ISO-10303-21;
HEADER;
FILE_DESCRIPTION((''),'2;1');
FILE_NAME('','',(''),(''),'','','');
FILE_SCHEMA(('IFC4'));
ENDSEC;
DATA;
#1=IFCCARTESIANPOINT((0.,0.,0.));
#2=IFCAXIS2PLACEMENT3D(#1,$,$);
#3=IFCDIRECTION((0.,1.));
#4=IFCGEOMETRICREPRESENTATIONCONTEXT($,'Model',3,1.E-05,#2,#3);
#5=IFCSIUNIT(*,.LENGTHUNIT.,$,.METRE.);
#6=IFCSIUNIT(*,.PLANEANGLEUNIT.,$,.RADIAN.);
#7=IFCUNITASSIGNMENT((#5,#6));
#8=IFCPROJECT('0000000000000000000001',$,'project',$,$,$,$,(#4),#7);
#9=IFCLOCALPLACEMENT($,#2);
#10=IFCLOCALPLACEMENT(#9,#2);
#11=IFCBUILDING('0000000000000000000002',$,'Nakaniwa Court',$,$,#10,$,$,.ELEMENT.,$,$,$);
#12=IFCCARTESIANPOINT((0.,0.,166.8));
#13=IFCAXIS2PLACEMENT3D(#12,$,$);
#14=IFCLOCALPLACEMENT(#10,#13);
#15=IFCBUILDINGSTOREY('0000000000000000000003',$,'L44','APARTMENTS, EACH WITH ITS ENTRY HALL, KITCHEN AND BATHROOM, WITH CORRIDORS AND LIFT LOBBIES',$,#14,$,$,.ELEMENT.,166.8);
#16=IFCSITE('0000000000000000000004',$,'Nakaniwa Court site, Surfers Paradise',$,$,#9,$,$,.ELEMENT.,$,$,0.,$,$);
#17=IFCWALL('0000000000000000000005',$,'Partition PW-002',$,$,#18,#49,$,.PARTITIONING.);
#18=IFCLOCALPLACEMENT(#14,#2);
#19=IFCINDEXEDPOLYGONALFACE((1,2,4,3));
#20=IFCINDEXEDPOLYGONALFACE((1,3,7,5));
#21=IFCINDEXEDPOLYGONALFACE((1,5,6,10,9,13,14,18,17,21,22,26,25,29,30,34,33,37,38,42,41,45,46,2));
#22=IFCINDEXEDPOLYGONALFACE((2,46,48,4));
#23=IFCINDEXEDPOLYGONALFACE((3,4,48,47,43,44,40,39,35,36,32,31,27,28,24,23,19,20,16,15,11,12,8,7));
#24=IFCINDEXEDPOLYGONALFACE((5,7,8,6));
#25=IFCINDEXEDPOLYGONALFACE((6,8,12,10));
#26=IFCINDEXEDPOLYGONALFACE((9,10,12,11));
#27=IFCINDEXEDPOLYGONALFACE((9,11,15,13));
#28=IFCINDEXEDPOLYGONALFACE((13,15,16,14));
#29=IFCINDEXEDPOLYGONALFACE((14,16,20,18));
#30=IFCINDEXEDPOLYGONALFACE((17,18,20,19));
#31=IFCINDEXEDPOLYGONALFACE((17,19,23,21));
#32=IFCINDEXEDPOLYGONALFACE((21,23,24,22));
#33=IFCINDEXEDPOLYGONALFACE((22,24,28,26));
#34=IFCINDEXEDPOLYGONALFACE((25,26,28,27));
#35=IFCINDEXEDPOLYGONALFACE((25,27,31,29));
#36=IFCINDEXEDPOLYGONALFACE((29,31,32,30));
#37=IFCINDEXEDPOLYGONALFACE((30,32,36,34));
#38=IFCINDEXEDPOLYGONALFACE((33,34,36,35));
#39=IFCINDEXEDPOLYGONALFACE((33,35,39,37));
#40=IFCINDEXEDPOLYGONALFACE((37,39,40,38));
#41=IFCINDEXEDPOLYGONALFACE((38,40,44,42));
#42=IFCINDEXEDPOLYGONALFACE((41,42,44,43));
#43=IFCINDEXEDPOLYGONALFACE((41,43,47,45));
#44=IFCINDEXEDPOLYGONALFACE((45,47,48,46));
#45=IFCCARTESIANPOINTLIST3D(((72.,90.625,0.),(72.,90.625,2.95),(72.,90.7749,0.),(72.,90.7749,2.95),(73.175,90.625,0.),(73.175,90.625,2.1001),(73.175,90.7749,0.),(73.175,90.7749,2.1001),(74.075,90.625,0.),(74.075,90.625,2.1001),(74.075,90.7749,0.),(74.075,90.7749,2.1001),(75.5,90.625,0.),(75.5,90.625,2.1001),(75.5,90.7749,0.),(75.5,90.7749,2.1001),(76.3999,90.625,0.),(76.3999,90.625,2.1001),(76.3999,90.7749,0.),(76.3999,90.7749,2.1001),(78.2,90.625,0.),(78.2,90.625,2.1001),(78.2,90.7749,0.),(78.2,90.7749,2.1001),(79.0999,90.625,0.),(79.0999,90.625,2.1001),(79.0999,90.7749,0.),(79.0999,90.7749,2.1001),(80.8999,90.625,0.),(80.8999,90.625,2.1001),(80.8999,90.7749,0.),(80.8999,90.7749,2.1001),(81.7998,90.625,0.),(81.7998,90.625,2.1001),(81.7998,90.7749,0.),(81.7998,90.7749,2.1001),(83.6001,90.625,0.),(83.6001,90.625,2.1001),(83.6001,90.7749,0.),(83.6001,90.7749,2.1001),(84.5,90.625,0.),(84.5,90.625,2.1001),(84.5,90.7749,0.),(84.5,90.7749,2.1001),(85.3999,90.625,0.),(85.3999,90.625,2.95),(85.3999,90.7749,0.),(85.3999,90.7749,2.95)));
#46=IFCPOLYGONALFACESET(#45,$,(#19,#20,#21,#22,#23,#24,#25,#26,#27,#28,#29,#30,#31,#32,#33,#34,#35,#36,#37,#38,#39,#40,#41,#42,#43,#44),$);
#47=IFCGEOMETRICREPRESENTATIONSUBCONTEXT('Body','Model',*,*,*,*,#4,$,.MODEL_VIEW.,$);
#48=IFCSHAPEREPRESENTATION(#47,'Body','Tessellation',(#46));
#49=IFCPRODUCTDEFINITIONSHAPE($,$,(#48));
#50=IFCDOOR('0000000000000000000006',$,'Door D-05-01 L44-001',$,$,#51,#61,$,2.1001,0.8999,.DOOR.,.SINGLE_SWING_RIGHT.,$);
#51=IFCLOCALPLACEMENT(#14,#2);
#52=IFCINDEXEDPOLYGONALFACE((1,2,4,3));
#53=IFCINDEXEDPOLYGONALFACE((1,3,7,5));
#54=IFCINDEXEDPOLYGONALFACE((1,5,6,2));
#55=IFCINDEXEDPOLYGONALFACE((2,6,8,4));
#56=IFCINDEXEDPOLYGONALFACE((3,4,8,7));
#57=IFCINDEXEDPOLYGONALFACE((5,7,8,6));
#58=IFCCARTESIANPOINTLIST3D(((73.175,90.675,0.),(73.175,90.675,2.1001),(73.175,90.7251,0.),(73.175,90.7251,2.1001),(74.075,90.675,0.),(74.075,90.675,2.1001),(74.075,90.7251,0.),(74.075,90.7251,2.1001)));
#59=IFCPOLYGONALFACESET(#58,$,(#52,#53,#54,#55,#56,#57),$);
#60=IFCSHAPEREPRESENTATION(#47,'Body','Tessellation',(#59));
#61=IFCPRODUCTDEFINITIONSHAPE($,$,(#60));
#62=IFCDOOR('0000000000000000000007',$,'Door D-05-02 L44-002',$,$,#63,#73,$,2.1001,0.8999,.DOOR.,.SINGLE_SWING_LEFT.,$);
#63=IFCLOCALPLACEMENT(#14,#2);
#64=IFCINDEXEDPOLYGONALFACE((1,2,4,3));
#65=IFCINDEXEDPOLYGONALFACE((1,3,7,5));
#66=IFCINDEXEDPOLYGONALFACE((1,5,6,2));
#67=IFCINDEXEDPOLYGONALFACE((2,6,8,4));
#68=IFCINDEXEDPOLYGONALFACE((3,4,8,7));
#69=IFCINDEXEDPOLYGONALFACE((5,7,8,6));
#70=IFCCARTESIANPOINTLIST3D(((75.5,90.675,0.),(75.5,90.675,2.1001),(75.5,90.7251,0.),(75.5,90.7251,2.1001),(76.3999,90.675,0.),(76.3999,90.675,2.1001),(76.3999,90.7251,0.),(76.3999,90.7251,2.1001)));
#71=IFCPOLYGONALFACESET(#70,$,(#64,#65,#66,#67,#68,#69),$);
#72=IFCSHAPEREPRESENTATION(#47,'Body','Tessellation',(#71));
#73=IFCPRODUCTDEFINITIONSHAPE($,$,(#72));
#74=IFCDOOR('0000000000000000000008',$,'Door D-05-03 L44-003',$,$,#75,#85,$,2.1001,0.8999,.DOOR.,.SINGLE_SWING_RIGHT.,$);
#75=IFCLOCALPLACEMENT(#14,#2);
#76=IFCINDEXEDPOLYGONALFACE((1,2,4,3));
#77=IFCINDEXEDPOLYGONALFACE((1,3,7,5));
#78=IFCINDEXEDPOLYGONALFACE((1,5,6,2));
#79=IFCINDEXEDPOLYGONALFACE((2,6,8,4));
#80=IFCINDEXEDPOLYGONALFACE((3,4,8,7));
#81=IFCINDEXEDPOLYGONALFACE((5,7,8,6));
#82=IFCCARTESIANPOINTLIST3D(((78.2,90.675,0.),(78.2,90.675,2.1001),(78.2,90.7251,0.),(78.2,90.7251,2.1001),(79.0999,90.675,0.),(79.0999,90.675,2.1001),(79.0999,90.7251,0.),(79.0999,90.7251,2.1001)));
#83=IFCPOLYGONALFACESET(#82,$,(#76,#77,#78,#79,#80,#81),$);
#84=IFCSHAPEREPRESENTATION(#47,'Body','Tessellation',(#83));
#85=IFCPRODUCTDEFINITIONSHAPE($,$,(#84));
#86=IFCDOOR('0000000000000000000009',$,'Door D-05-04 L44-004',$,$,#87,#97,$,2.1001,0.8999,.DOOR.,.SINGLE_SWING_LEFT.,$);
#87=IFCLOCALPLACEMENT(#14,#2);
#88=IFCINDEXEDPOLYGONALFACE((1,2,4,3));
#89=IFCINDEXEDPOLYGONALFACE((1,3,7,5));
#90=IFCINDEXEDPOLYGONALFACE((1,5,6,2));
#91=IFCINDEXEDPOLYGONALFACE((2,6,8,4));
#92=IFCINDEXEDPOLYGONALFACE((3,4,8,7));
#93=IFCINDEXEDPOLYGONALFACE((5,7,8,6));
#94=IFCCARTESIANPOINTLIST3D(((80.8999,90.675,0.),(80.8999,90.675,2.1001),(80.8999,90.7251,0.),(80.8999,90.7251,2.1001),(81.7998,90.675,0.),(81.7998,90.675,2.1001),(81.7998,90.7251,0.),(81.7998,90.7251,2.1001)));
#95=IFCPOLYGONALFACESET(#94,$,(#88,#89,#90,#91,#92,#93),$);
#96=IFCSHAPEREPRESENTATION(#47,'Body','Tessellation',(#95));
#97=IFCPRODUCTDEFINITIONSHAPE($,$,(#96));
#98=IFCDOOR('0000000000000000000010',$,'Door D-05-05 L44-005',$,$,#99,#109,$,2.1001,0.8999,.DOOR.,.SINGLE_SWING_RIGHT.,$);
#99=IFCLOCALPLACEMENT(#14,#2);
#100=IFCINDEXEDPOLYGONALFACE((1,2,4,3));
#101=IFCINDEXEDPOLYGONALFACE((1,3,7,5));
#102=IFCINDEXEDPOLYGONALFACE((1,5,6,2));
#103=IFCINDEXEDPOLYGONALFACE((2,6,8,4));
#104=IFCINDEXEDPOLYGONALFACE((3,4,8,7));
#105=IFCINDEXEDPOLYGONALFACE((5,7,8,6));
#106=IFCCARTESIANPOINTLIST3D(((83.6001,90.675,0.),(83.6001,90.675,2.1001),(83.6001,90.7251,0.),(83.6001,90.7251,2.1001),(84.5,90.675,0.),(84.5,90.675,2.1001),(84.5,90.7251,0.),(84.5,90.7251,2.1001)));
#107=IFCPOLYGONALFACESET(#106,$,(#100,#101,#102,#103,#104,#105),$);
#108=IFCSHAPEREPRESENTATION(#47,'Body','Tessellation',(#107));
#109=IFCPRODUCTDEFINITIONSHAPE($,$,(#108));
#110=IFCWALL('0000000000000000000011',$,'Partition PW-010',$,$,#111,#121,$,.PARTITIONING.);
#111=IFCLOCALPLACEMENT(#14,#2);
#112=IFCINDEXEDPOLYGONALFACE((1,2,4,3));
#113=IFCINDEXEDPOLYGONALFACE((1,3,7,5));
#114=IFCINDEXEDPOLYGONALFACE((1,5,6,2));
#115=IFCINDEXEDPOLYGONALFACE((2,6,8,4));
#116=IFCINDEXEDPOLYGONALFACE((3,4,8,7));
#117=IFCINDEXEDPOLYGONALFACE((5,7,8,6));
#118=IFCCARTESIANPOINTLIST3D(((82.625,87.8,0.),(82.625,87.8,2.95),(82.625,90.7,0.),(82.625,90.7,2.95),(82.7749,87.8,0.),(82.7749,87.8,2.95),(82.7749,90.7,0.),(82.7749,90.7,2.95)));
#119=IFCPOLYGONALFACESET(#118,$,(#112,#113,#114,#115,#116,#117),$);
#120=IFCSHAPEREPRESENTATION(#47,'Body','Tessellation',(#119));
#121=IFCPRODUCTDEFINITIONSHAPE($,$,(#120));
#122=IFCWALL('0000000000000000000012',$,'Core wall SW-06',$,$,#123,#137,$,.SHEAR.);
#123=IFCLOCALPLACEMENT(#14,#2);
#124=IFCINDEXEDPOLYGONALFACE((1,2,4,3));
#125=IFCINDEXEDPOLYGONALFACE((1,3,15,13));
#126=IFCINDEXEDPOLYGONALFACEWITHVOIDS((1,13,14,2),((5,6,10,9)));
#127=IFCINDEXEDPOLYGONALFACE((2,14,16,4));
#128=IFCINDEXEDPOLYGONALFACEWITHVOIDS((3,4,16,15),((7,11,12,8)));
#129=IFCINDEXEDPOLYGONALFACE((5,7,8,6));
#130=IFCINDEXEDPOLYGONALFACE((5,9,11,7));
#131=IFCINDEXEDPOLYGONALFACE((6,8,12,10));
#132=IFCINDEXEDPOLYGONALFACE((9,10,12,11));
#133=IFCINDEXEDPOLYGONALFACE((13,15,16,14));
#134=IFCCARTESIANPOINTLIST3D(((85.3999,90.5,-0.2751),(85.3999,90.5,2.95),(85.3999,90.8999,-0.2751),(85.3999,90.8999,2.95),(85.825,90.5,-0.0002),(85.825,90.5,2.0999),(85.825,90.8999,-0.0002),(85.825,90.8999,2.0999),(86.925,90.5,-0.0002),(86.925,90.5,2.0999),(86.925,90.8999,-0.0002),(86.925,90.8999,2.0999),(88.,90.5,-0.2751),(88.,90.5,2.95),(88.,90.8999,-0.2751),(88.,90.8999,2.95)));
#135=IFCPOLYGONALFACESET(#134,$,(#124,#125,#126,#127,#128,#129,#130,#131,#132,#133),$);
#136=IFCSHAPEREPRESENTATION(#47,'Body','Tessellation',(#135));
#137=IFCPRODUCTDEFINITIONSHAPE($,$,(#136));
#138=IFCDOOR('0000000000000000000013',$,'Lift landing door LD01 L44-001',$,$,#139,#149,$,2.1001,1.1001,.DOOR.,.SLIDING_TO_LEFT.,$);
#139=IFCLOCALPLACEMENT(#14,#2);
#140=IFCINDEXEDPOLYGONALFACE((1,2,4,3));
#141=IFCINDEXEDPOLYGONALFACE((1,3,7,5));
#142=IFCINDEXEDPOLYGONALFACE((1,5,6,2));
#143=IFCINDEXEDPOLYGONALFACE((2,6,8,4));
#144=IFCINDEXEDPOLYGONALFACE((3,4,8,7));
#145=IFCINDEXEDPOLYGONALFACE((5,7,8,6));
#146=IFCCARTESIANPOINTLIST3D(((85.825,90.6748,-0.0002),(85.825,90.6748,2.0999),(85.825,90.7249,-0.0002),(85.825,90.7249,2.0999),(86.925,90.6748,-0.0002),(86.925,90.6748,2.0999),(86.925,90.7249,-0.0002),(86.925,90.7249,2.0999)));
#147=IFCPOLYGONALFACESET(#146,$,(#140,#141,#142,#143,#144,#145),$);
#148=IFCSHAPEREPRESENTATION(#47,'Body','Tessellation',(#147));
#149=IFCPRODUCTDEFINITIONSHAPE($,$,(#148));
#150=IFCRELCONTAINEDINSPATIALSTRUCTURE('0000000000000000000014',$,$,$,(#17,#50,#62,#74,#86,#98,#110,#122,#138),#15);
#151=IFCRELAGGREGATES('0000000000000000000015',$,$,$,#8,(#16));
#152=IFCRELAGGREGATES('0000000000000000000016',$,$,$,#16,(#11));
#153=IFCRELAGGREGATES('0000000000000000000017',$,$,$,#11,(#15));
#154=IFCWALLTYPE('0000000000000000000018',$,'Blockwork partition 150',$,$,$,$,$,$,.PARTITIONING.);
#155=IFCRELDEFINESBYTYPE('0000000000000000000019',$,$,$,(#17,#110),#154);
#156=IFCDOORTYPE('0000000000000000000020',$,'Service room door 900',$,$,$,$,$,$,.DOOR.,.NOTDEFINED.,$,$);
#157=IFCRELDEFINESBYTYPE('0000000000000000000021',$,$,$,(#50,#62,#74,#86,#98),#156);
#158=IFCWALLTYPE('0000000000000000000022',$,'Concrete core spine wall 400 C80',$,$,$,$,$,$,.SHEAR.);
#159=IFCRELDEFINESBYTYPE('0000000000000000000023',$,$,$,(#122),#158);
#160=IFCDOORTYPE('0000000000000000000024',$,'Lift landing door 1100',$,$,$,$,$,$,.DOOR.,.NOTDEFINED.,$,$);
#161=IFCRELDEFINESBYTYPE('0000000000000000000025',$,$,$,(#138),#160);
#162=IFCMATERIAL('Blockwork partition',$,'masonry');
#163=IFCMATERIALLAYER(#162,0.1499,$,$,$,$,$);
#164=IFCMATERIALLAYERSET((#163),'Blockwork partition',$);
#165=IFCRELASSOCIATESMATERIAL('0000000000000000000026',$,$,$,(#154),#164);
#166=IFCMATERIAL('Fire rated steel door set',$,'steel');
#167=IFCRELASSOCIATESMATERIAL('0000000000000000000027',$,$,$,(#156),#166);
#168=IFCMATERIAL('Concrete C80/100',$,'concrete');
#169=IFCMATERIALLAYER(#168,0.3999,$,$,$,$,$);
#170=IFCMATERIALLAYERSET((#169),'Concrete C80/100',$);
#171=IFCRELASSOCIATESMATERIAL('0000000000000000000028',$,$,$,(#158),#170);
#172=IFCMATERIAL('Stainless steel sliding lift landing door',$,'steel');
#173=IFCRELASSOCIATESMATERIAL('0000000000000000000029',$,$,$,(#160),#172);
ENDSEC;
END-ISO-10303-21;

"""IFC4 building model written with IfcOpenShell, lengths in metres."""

from ifc_helpers import new_model, si_unit, direction, frame, frame_2d, origin, place, context, subcontext, project, spatial, rectangle, extrude, material, layer, layer_set, type_object, element, fill, save


model = new_model("IFC4")

# Units and contexts
model_context = context("Model", 3, precision=1e-05, world=origin(), true_north=direction((0.0, 1.0)))
body_context = subcontext(model_context, "Body", "Model", "MODEL_VIEW")
ifc_project = project(units=[si_unit("LENGTHUNIT", "METRE"), si_unit("PLANEANGLEUNIT", "RADIAN")], contexts=[model_context])

# Site, building, storey
site_placement = place(None, origin())
site = spatial("IfcSite", under=ifc_project, at=site_placement, Name="Nakaniwa Court site, Surfers Paradise", CompositionType="ELEMENT", RefElevation=0.0)
building_placement = place(site_placement, origin())
building = spatial("IfcBuilding", under=site, at=building_placement, Name="Nakaniwa Court", CompositionType="ELEMENT")
storey_placement = place(building_placement, frame((0.0, 0.0, 166.8)))
storey = spatial("IfcBuildingStorey", under=building, at=storey_placement, Name="L44", Description="APARTMENTS, EACH WITH ITS ENTRY HALL, KITCHEN AND BATHROOM, WITH CORRIDORS AND LIFT LOBBIES", CompositionType="ELEMENT", Elevation=166.8)

# Shared definitions
ifc_material_1 = material(Name="Concrete C80/100", Category="concrete")

# Wall, openings, doors
ifc_material_2 = material(Name="Blockwork partition", Category="masonry")
ifc_layer_1 = layer(ifc_material_2, 0.1499)
ifc_layer_set_1 = layer_set([ifc_layer_1], Name="Blockwork partition")
wall_type_1 = type_object("IfcWallType", Name="Blockwork partition 150", PredefinedType="PARTITIONING", material=ifc_layer_set_1)
wall_1_placement = place(storey_placement, frame((85.3999, 90.7, 0.0), z_axis=(0.0, 0.0, 1.0), x_axis=(-1.0, 0.0, 0.0)))
wall_1 = element("IfcWall", 1, at=wall_1_placement, inside=storey, type_object=wall_type_1, Name="Partition PW-002", PredefinedType="PARTITIONING", context=body_context, shape_type="SweptSolid", body=[
    extrude(rectangle(XDim=13.3999, YDim=0.1499, at=frame_2d((6.7, 0.0))), origin(), (0.0, 0.0, 1.0), 2.95),
])
opening_1_placement = place(wall_1_placement, frame((11.325, 0.0, 0.0)))
opening_1 = element("IfcOpeningElement", 2, at=opening_1_placement, cuts=wall_1, PredefinedType="OPENING", context=body_context, shape_type="SweptSolid", body=[
    extrude(rectangle(XDim=0.8999, YDim=2.1001, at=frame_2d((0.45, 1.05))), frame((0.0, 0.085, 0.0), z_axis=(0.0, -1.0, 0.0), x_axis=(1.0, 0.0, 0.0)), (0.0, 0.0, 1.0), 0.1699),
])
opening_2_placement = place(wall_1_placement, frame((9.0, 0.0, 0.0)))
opening_2 = element("IfcOpeningElement", 3, at=opening_2_placement, cuts=wall_1, PredefinedType="OPENING", context=body_context, shape_type="SweptSolid", body=[
    extrude(rectangle(XDim=0.8999, YDim=2.1001, at=frame_2d((0.45, 1.05))), frame((0.0, 0.085, 0.0), z_axis=(0.0, -1.0, 0.0), x_axis=(1.0, 0.0, 0.0)), (0.0, 0.0, 1.0), 0.1699),
])
opening_3_placement = place(wall_1_placement, frame((6.3, 0.0, 0.0)))
opening_3 = element("IfcOpeningElement", 4, at=opening_3_placement, cuts=wall_1, PredefinedType="OPENING", context=body_context, shape_type="SweptSolid", body=[
    extrude(rectangle(XDim=0.8999, YDim=2.1001, at=frame_2d((0.45, 1.05))), frame((0.0, 0.085, 0.0), z_axis=(0.0, -1.0, 0.0), x_axis=(1.0, 0.0, 0.0)), (0.0, 0.0, 1.0), 0.1699),
])
opening_4_placement = place(wall_1_placement, frame((3.6001, 0.0, 0.0)))
opening_4 = element("IfcOpeningElement", 5, at=opening_4_placement, cuts=wall_1, PredefinedType="OPENING", context=body_context, shape_type="SweptSolid", body=[
    extrude(rectangle(XDim=0.8999, YDim=2.1001, at=frame_2d((0.45, 1.05))), frame((0.0, 0.085, 0.0), z_axis=(0.0, -1.0, 0.0), x_axis=(1.0, 0.0, 0.0)), (0.0, 0.0, 1.0), 0.1699),
])
opening_5_placement = place(wall_1_placement, frame((0.8999, 0.0, 0.0)))
opening_5 = element("IfcOpeningElement", 6, at=opening_5_placement, cuts=wall_1, PredefinedType="OPENING", context=body_context, shape_type="SweptSolid", body=[
    extrude(rectangle(XDim=0.8999, YDim=2.1001, at=frame_2d((0.45, 1.05))), frame((0.0, 0.085, 0.0), z_axis=(0.0, -1.0, 0.0), x_axis=(1.0, 0.0, 0.0)), (0.0, 0.0, 1.0), 0.1699),
])
ifc_material_3 = material(Name="Fire rated steel door set", Category="steel")
door_type_1 = type_object("IfcDoorType", Name="Service room door 900", OperationType="NOTDEFINED", PredefinedType="DOOR", material=ifc_material_3)
door_1_placement = place(opening_1_placement, origin())
door_1 = element("IfcDoor", 7, at=door_1_placement, inside=storey, type_object=door_type_1, Name="Door D-05-01 L44-001", OperationType="SINGLE_SWING_RIGHT", OverallHeight=2.1001, OverallWidth=0.8999, PredefinedType="DOOR", context=body_context, shape_type="SweptSolid", body=[
    extrude(rectangle(XDim=0.8999, YDim=2.1001, at=frame_2d((0.45, 1.05))), frame((0.0, 0.0249, 0.0), z_axis=(0.0, -1.0, 0.0), x_axis=(1.0, 0.0, 0.0)), (0.0, 0.0, 1.0), 0.05),
])
fill(opening_1, door_1)
door_2_placement = place(opening_2_placement, origin())
door_2 = element("IfcDoor", 8, at=door_2_placement, inside=storey, type_object=door_type_1, Name="Door D-05-02 L44-002", OperationType="SINGLE_SWING_LEFT", OverallHeight=2.1001, OverallWidth=0.8999, PredefinedType="DOOR", context=body_context, shape_type="SweptSolid", body=[
    extrude(rectangle(XDim=0.8999, YDim=2.1001, at=frame_2d((0.45, 1.05))), frame((0.0, 0.0249, 0.0), z_axis=(0.0, -1.0, 0.0), x_axis=(1.0, 0.0, 0.0)), (0.0, 0.0, 1.0), 0.05),
])
fill(opening_2, door_2)
door_3_placement = place(opening_3_placement, origin())
door_3 = element("IfcDoor", 9, at=door_3_placement, inside=storey, type_object=door_type_1, Name="Door D-05-03 L44-003", OperationType="SINGLE_SWING_RIGHT", OverallHeight=2.1001, OverallWidth=0.8999, PredefinedType="DOOR", context=body_context, shape_type="SweptSolid", body=[
    extrude(rectangle(XDim=0.8999, YDim=2.1001, at=frame_2d((0.45, 1.05))), frame((0.0, 0.0249, 0.0), z_axis=(0.0, -1.0, 0.0), x_axis=(1.0, 0.0, 0.0)), (0.0, 0.0, 1.0), 0.05),
])
fill(opening_3, door_3)
door_4_placement = place(opening_4_placement, origin())
door_4 = element("IfcDoor", 10, at=door_4_placement, inside=storey, type_object=door_type_1, Name="Door D-05-04 L44-004", OperationType="SINGLE_SWING_LEFT", OverallHeight=2.1001, OverallWidth=0.8999, PredefinedType="DOOR", context=body_context, shape_type="SweptSolid", body=[
    extrude(rectangle(XDim=0.8999, YDim=2.1001, at=frame_2d((0.45, 1.05))), frame((0.0, 0.0249, 0.0), z_axis=(0.0, -1.0, 0.0), x_axis=(1.0, 0.0, 0.0)), (0.0, 0.0, 1.0), 0.05),
])
fill(opening_4, door_4)
door_5_placement = place(opening_5_placement, origin())
door_5 = element("IfcDoor", 11, at=door_5_placement, inside=storey, type_object=door_type_1, Name="Door D-05-05 L44-005", OperationType="SINGLE_SWING_RIGHT", OverallHeight=2.1001, OverallWidth=0.8999, PredefinedType="DOOR", context=body_context, shape_type="SweptSolid", body=[
    extrude(rectangle(XDim=0.8999, YDim=2.1001, at=frame_2d((0.45, 1.05))), frame((0.0, 0.0249, 0.0), z_axis=(0.0, -1.0, 0.0), x_axis=(1.0, 0.0, 0.0)), (0.0, 0.0, 1.0), 0.05),
])
fill(opening_5, door_5)

# Wall
wall_2_placement = place(storey_placement, frame((82.7, 87.8, 0.0), z_axis=(0.0, 0.0, 1.0), x_axis=(0.0, 1.0, 0.0)))
element("IfcWall", 12, at=wall_2_placement, inside=storey, type_object=wall_type_1, Name="Partition PW-010", PredefinedType="PARTITIONING", context=body_context, shape_type="SweptSolid", body=[
    extrude(rectangle(XDim=2.8999, YDim=0.1499, at=frame_2d((1.45, 0.0))), origin(), (0.0, 0.0, 1.0), 2.95),
])

# Wall, opening, door
ifc_layer_2 = layer(ifc_material_1, 0.3999)
ifc_layer_set_2 = layer_set([ifc_layer_2], Name="Concrete C80/100")
wall_type_2 = type_object("IfcWallType", Name="Concrete core spine wall 400 C80", PredefinedType="SHEAR", material=ifc_layer_set_2)
wall_3_placement = place(storey_placement, frame((85.3999, 90.7, -0.2751), z_axis=(0.0, 0.0, 1.0), x_axis=(1.0, 0.0, 0.0)))
wall_3 = element("IfcWall", 13, at=wall_3_placement, inside=storey, type_object=wall_type_2, Name="Core wall SW-06", PredefinedType="SHEAR", context=body_context, shape_type="SweptSolid", body=[
    extrude(rectangle(XDim=2.6001, YDim=0.3999, at=frame_2d((1.3, 0.0))), origin(), (0.0, 0.0, 1.0), 3.2251),
])
opening_6_placement = place(wall_3_placement, frame((0.425, 0.0, 0.2749)))
opening_6 = element("IfcOpeningElement", 14, at=opening_6_placement, cuts=wall_3, PredefinedType="OPENING", context=body_context, shape_type="SweptSolid", body=[
    extrude(rectangle(XDim=1.1001, YDim=2.1001, at=frame_2d((0.55, 1.05))), frame((0.0, 0.21, 0.0), z_axis=(0.0, -1.0, 0.0), x_axis=(1.0, 0.0, 0.0)), (0.0, 0.0, 1.0), 0.4199),
])
ifc_material_4 = material(Name="Stainless steel sliding lift landing door", Category="steel")
door_type_2 = type_object("IfcDoorType", Name="Lift landing door 1100", OperationType="NOTDEFINED", PredefinedType="DOOR", material=ifc_material_4)
door_6_placement = place(opening_6_placement, origin())
door_6 = element("IfcDoor", 15, at=door_6_placement, inside=storey, type_object=door_type_2, Name="Lift landing door LD01 L44-001", OperationType="SLIDING_TO_LEFT", OverallHeight=2.1001, OverallWidth=1.1001, PredefinedType="DOOR", context=body_context, shape_type="SweptSolid", body=[
    extrude(rectangle(XDim=1.1001, YDim=2.1001, at=frame_2d((0.55, 1.05))), frame((0.0, 0.0249, 0.0), z_axis=(0.0, -1.0, 0.0), x_axis=(1.0, 0.0, 0.0)), (0.0, 0.0, 1.0), 0.05),
])
fill(opening_6, door_6)

save(model, "model.ifc")
